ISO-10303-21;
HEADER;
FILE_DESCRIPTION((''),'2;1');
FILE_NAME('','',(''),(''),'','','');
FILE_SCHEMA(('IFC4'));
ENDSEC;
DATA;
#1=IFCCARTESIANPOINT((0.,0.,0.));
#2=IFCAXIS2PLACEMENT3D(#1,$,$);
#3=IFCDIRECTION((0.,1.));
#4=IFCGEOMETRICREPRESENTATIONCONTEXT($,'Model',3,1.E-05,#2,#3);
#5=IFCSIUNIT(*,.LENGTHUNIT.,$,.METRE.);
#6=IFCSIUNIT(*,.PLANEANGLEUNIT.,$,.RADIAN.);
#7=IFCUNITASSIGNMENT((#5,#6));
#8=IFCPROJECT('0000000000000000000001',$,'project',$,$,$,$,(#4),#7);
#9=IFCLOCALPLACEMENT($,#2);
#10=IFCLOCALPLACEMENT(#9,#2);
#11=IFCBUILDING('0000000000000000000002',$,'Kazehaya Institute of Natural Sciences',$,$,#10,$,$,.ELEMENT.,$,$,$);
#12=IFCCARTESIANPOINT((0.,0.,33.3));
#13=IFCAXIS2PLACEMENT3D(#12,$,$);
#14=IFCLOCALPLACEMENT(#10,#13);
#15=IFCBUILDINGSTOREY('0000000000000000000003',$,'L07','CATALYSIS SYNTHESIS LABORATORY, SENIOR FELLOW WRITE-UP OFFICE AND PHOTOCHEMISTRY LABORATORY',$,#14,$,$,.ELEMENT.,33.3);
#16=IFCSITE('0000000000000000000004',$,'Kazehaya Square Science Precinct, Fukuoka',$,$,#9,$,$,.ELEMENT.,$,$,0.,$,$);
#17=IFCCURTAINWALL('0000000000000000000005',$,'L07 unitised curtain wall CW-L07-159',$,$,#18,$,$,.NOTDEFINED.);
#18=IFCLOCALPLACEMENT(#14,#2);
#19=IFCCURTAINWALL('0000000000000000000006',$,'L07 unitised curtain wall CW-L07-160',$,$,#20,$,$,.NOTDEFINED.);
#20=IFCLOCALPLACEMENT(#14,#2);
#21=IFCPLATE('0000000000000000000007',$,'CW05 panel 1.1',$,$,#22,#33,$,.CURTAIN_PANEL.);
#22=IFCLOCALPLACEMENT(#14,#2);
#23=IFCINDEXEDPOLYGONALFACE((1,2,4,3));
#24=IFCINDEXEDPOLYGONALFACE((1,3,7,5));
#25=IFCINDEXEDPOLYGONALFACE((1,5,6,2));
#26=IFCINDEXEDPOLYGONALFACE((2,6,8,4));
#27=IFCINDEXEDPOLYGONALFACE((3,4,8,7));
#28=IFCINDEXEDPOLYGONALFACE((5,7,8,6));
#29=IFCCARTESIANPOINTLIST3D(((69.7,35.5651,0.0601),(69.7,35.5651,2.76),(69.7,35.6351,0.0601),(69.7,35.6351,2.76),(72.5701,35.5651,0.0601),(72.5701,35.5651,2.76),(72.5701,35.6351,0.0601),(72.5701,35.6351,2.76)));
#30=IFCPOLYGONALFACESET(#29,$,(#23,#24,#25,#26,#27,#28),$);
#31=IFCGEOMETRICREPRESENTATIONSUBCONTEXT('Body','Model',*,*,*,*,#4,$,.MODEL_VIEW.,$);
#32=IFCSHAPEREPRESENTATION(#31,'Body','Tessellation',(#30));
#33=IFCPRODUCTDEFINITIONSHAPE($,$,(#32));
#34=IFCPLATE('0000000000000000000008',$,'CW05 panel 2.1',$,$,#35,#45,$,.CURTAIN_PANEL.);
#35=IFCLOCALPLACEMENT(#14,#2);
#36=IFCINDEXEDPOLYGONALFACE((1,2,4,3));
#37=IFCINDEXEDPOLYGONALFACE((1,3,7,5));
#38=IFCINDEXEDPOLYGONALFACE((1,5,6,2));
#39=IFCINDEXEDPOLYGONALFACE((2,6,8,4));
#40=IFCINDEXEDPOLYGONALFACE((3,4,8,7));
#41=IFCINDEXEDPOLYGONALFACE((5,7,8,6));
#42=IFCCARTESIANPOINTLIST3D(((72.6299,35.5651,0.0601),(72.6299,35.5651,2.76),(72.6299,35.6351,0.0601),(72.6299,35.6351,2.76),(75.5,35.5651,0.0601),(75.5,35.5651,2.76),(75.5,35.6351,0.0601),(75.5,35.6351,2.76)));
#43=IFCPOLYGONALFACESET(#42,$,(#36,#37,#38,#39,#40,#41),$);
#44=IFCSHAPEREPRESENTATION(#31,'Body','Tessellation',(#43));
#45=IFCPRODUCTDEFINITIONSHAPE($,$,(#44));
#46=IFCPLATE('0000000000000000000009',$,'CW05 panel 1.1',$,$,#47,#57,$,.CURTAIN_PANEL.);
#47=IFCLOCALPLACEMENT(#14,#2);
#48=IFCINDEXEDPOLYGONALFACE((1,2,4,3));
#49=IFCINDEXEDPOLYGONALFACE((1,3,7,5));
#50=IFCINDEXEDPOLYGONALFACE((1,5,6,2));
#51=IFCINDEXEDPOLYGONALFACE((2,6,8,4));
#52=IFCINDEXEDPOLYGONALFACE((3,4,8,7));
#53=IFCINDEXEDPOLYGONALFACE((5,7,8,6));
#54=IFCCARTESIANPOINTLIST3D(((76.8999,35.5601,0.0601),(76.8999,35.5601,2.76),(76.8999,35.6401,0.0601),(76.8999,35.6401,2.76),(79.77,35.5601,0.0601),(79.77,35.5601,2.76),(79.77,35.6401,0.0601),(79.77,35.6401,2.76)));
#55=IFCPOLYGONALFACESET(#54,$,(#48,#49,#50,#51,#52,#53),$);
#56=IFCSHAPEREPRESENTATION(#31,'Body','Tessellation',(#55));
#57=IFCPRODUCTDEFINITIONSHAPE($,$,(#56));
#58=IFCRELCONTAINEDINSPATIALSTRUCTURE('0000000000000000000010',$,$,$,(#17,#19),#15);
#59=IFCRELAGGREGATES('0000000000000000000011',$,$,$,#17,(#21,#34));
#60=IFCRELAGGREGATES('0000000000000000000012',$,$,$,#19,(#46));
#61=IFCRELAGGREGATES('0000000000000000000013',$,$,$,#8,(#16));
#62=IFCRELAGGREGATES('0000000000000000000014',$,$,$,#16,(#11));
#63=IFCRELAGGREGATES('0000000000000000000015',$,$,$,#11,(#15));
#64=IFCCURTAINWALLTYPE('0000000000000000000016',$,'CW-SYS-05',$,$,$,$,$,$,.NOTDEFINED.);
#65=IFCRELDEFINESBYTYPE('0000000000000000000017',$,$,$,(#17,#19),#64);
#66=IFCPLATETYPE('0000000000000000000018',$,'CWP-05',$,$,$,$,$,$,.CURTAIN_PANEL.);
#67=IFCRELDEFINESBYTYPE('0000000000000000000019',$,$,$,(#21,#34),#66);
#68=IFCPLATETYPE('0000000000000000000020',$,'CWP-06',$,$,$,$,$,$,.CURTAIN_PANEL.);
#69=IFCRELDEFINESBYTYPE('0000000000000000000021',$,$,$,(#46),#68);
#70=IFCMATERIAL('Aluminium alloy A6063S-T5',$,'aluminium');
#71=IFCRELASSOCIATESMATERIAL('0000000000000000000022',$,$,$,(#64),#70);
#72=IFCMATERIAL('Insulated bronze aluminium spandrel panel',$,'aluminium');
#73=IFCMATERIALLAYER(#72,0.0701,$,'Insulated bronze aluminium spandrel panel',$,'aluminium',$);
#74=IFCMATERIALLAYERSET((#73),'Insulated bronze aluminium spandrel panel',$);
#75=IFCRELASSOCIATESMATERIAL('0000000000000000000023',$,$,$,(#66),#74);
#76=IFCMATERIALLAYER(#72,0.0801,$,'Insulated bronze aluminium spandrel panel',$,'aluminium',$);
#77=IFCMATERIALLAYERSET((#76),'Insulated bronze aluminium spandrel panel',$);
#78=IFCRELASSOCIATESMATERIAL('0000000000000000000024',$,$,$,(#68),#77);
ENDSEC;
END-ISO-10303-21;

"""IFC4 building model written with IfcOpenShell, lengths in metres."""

from ifc_helpers import new_model, si_unit, direction, frame, origin, origin_2d, place, context, subcontext, project, spatial, rectangle, extrude, material, layer, layer_set, type_object, element, aggregate, save


model = new_model("IFC4")

# Units and contexts
model_context = context("Model", 3, precision=1e-05, world=origin(), true_north=direction((0.0, 1.0)))
body_context = subcontext(model_context, "Body", "Model", "MODEL_VIEW")
ifc_project = project(units=[si_unit("LENGTHUNIT", "METRE"), si_unit("PLANEANGLEUNIT", "RADIAN")], contexts=[model_context])

# Site, building, storey
site_placement = place(None, origin())
site = spatial("IfcSite", under=ifc_project, at=site_placement, Name="Kazehaya Square Science Precinct, Fukuoka", CompositionType="ELEMENT", RefElevation=0.0)
building_placement = place(site_placement, origin())
building = spatial("IfcBuilding", under=site, at=building_placement, Name="Kazehaya Institute of Natural Sciences", CompositionType="ELEMENT")
storey_placement = place(building_placement, frame((0.0, 0.0, 33.3)))
storey = spatial("IfcBuildingStorey", under=building, at=storey_placement, Name="L07", Description="CATALYSIS SYNTHESIS LABORATORY, SENIOR FELLOW WRITE-UP OFFICE AND PHOTOCHEMISTRY LABORATORY", CompositionType="ELEMENT", Elevation=33.3)

# Curtain walls
ifc_material_1 = material(Name="Aluminium alloy A6063S-T5", Category="aluminium")
curtain_wall_type = type_object("IfcCurtainWallType", Name="CW-SYS-05", PredefinedType="NOTDEFINED", material=ifc_material_1)
curtain_wall_1_placement = place(storey_placement, origin())
curtain_wall_1 = element("IfcCurtainWall", 1, at=curtain_wall_1_placement, inside=storey, type_object=curtain_wall_type, Name="L07 unitised curtain wall CW-L07-159", PredefinedType="NOTDEFINED")
curtain_wall_2_placement = place(storey_placement, origin())
curtain_wall_2 = element("IfcCurtainWall", 2, at=curtain_wall_2_placement, inside=storey, type_object=curtain_wall_type, Name="L07 unitised curtain wall CW-L07-160", PredefinedType="NOTDEFINED")

# Plates
ifc_material_2 = material(Name="Insulated bronze aluminium spandrel panel", Category="aluminium")
ifc_layer_1 = layer(ifc_material_2, 0.0701, Name="Insulated bronze aluminium spandrel panel", Category="aluminium")
ifc_layer_set_1 = layer_set([ifc_layer_1], Name="Insulated bronze aluminium spandrel panel")
plate_type_1 = type_object("IfcPlateType", Name="CWP-05", PredefinedType="CURTAIN_PANEL", material=ifc_layer_set_1)
plate_1_placement = place(storey_placement, frame((71.135, 35.6001, 0.0601), z_axis=(0.0, 0.0, 1.0), x_axis=(1.0, 0.0, 0.0)))
plate_1 = element("IfcPlate", 3, at=plate_1_placement, type_object=plate_type_1, Name="CW05 panel 1.1", PredefinedType="CURTAIN_PANEL", context=body_context, shape_type="SweptSolid", body=[
    extrude(rectangle(XDim=2.8701, YDim=0.0701, at=origin_2d()), origin(), (0.0, 0.0, 1.0), 2.7),
])
plate_2_placement = place(storey_placement, frame((74.0649, 35.6001, 0.0601), z_axis=(0.0, 0.0, 1.0), x_axis=(1.0, 0.0, 0.0)))
plate_2 = element("IfcPlate", 4, at=plate_2_placement, type_object=plate_type_1, Name="CW05 panel 2.1", PredefinedType="CURTAIN_PANEL", context=body_context, shape_type="SweptSolid", body=[
    extrude(rectangle(XDim=2.8701, YDim=0.0701, at=origin_2d()), origin(), (0.0, 0.0, 1.0), 2.7),
])
aggregate(curtain_wall_1, [plate_1, plate_2])
ifc_layer_2 = layer(ifc_material_2, 0.0801, Name="Insulated bronze aluminium spandrel panel", Category="aluminium")
ifc_layer_set_2 = layer_set([ifc_layer_2], Name="Insulated bronze aluminium spandrel panel")
plate_type_2 = type_object("IfcPlateType", Name="CWP-06", PredefinedType="CURTAIN_PANEL", material=ifc_layer_set_2)
plate_3_placement = place(storey_placement, frame((78.335, 35.6001, 0.0601), z_axis=(0.0, 0.0, 1.0), x_axis=(1.0, 0.0, 0.0)))
plate_3 = element("IfcPlate", 5, at=plate_3_placement, type_object=plate_type_2, Name="CW05 panel 1.1", PredefinedType="CURTAIN_PANEL", context=body_context, shape_type="SweptSolid", body=[
    extrude(rectangle(XDim=2.8701, YDim=0.0801, at=origin_2d()), origin(), (0.0, 0.0, 1.0), 2.7),
])
aggregate(curtain_wall_2, [plate_3])

save(model, "model.ifc")
